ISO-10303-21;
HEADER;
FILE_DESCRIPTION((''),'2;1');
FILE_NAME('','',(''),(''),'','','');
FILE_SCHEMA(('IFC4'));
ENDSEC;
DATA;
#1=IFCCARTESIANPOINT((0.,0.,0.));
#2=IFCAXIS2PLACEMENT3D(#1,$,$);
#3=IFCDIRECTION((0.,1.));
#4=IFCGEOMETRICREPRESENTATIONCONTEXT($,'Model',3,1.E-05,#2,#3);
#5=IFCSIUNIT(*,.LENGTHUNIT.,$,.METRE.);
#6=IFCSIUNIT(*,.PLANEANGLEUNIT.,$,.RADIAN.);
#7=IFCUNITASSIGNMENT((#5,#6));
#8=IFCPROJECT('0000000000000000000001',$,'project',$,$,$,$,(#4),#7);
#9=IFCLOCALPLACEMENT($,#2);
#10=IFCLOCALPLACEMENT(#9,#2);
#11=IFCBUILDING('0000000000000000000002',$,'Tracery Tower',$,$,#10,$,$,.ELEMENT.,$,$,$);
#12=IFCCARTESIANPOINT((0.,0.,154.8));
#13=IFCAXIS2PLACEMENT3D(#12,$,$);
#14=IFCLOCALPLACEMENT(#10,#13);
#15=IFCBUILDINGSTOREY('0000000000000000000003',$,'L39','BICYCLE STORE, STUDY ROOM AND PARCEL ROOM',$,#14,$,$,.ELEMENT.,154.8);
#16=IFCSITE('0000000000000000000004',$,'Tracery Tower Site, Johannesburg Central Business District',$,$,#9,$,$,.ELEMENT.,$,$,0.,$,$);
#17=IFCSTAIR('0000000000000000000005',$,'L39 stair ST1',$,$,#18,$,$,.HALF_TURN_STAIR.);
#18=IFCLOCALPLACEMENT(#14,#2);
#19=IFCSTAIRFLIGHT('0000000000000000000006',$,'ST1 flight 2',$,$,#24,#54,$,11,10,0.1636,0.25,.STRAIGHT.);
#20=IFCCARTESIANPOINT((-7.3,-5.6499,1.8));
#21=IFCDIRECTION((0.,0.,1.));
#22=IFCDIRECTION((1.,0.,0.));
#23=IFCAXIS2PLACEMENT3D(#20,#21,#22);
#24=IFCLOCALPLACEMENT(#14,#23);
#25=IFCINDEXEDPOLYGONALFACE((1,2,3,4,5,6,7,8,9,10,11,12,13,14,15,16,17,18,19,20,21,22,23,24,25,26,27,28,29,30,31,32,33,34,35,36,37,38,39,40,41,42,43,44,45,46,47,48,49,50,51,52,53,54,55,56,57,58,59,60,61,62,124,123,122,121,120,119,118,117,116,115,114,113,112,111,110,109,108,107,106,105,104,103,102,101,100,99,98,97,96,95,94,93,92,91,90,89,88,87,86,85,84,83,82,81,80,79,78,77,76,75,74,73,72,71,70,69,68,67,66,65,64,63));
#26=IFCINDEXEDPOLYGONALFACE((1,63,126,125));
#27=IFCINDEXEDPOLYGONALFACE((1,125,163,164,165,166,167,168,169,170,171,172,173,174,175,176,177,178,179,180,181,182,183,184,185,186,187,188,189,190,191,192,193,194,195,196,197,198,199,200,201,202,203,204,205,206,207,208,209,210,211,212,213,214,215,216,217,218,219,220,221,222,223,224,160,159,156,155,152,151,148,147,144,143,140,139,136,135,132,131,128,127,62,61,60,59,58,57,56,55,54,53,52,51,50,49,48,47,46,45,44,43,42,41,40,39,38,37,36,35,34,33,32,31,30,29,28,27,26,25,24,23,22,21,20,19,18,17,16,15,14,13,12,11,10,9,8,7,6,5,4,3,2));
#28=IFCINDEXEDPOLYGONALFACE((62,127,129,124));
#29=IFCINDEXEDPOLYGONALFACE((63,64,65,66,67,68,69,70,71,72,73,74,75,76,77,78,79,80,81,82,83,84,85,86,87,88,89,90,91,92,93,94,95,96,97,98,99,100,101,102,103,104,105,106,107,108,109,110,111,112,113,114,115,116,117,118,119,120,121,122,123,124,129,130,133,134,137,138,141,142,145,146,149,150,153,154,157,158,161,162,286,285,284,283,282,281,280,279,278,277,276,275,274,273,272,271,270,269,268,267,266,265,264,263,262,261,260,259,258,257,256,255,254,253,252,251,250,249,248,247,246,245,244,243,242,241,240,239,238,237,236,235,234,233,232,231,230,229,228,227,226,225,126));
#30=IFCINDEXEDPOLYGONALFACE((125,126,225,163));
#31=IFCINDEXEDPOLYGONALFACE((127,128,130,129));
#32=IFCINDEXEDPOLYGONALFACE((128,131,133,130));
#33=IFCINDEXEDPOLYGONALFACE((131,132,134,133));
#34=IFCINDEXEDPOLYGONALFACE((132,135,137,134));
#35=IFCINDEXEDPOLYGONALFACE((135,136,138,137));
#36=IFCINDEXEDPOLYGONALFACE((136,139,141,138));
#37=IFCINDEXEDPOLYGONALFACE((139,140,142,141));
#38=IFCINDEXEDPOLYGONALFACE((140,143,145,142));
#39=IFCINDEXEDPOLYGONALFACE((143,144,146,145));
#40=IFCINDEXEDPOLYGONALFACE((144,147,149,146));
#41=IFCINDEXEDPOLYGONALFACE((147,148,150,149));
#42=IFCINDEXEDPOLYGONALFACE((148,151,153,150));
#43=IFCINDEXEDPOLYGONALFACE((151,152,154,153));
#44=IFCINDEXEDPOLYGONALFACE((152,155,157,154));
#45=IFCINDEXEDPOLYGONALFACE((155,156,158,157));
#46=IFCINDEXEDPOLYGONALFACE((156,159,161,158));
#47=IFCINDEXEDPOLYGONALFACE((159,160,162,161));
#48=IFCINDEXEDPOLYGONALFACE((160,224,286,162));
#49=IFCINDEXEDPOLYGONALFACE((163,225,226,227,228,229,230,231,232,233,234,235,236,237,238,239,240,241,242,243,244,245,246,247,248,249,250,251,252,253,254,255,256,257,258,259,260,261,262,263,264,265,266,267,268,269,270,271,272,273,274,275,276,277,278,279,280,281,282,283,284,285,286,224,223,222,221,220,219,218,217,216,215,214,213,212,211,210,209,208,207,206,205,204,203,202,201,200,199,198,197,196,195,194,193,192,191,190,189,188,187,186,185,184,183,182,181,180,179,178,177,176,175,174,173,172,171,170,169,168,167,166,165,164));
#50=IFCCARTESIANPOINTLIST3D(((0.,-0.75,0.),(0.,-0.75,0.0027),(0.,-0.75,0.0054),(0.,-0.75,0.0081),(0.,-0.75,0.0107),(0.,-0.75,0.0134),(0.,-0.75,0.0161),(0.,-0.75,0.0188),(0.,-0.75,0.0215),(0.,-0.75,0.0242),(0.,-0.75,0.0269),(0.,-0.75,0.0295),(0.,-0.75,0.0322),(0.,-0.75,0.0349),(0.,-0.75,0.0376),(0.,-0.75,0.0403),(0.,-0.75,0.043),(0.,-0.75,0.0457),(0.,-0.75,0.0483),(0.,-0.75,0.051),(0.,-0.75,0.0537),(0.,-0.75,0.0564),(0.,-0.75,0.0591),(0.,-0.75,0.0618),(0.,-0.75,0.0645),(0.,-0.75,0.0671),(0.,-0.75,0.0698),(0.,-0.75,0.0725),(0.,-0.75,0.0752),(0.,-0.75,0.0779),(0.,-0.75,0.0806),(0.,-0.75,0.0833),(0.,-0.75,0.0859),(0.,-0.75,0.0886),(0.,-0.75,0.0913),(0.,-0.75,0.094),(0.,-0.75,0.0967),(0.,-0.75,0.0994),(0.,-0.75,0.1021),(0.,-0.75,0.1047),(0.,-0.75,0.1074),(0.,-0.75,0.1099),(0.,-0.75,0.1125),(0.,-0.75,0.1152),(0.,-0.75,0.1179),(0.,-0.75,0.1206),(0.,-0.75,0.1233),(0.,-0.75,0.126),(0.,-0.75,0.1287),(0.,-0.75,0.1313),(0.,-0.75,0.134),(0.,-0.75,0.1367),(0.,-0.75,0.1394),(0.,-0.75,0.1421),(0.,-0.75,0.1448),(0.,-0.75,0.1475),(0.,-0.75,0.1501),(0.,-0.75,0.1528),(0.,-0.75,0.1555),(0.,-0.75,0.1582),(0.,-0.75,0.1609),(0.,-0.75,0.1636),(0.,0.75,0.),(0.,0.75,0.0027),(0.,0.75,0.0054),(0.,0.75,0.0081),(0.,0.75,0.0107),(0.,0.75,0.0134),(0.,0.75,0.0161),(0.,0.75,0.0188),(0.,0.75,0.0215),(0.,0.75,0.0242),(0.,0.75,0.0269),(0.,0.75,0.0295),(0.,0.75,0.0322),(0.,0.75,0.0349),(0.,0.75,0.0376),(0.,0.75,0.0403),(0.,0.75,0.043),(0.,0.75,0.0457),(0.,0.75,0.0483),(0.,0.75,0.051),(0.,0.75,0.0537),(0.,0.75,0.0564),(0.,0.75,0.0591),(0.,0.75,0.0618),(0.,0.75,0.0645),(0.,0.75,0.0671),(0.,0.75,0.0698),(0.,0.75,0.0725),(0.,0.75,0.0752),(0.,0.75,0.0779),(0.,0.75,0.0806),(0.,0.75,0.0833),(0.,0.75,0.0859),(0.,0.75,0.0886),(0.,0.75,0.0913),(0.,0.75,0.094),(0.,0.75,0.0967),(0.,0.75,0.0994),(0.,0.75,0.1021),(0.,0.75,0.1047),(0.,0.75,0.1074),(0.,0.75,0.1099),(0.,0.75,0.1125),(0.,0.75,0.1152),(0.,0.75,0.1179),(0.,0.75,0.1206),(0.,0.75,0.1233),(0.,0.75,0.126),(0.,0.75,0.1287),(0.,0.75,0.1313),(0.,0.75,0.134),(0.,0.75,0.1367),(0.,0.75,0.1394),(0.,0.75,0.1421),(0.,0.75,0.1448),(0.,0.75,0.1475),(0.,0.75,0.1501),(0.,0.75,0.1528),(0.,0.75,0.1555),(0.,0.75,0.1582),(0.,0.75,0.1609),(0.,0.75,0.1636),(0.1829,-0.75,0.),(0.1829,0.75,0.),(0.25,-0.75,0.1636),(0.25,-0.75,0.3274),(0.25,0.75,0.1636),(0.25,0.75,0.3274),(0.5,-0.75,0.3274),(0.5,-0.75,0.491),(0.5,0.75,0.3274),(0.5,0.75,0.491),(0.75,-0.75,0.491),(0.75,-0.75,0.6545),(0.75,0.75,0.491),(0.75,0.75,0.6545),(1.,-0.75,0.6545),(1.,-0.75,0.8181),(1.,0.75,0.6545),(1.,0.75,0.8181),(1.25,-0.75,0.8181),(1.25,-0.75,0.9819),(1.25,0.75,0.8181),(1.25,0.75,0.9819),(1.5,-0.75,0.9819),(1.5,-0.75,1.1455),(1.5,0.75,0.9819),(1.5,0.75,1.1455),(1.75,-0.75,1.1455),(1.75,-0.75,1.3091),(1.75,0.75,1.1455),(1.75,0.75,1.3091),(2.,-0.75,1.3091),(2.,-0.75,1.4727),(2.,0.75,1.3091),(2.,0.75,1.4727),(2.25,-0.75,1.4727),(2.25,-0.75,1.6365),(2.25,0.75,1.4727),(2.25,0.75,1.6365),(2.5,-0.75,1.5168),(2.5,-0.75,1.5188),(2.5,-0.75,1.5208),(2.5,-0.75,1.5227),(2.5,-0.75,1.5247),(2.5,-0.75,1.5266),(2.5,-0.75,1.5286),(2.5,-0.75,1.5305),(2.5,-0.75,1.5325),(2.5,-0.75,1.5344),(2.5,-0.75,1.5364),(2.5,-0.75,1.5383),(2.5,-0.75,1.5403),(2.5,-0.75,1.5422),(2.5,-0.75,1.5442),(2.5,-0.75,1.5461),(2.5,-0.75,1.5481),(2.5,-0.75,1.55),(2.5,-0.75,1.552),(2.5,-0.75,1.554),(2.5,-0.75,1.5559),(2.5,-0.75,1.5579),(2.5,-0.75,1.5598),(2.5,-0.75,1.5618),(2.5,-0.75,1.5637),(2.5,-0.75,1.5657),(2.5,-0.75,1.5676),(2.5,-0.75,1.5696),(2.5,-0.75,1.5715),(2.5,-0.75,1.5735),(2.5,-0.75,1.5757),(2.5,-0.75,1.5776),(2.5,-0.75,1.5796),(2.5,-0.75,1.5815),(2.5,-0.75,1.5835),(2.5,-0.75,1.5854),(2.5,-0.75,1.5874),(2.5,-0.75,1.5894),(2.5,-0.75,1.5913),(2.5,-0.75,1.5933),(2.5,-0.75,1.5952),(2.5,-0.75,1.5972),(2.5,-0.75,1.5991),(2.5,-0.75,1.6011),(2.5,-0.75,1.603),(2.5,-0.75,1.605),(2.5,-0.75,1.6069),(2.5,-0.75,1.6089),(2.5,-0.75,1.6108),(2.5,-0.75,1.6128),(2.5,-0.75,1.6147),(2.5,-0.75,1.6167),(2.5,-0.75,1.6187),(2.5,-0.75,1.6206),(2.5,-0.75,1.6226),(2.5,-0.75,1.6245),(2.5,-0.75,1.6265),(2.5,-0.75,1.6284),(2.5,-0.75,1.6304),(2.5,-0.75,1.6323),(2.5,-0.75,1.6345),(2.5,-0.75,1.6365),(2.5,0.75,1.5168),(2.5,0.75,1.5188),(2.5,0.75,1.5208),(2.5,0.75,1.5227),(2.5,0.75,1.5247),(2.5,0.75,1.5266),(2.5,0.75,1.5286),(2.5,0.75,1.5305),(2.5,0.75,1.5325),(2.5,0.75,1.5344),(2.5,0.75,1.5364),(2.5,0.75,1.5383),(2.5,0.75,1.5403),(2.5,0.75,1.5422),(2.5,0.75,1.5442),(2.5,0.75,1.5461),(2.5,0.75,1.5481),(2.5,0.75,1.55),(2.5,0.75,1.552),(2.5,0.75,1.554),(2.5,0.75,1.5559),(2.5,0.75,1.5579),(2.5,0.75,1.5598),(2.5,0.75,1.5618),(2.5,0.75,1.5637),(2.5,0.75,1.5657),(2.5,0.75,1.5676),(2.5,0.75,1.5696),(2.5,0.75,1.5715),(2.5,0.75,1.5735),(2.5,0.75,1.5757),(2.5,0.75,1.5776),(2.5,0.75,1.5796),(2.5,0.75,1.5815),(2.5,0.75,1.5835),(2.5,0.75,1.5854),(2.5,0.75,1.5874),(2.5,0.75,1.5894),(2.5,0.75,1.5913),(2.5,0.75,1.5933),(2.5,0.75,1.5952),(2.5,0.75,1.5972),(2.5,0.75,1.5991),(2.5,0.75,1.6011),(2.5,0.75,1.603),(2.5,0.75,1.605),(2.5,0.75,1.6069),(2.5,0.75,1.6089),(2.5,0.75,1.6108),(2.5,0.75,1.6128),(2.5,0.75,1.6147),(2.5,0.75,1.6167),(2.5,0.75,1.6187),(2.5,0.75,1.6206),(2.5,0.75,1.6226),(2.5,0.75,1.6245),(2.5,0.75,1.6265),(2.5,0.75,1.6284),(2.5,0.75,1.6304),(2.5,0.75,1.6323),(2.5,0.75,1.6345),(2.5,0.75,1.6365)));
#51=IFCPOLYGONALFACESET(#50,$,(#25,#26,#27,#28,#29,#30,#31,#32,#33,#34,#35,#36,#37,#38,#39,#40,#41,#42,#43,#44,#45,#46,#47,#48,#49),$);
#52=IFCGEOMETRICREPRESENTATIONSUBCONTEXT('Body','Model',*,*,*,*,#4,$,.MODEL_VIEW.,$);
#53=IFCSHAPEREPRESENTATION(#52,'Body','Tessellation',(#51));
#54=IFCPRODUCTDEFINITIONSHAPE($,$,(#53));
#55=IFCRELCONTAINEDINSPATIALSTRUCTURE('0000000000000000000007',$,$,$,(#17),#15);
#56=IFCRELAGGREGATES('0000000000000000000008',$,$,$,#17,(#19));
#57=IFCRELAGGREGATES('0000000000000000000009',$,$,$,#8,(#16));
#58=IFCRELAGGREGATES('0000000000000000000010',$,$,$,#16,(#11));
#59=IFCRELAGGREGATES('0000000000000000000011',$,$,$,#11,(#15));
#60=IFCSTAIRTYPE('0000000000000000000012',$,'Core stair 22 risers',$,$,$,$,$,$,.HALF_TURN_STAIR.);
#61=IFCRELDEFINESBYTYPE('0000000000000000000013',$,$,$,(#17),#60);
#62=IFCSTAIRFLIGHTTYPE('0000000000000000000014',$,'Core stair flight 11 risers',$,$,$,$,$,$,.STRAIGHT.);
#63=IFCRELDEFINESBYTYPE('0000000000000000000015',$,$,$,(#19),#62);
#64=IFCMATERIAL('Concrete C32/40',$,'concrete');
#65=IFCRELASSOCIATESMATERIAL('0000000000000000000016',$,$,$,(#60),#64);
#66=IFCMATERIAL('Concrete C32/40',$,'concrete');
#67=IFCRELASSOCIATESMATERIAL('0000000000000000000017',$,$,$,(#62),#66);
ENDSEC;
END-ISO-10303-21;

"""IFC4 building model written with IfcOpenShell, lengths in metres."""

from ifc_helpers import new_model, si_unit, direction, frame, origin, place, context, subcontext, project, spatial, polyline, outline, extrude, material, type_object, element, aggregate, save


model = new_model("IFC4")

# Units and contexts
model_context = context("Model", 3, precision=1e-05, world=origin(), true_north=direction((0.0, 1.0)))
body_context = subcontext(model_context, "Body", "Model", "MODEL_VIEW")
ifc_project = project(units=[si_unit("LENGTHUNIT", "METRE"), si_unit("PLANEANGLEUNIT", "RADIAN")], contexts=[model_context])

# Site, building, storey
site_placement = place(None, origin())
site = spatial("IfcSite", under=ifc_project, at=site_placement, Name="Tracery Tower Site, Johannesburg Central Business District", CompositionType="ELEMENT", RefElevation=0.0)
building_placement = place(site_placement, origin())
building = spatial("IfcBuilding", under=site, at=building_placement, Name="Tracery Tower", CompositionType="ELEMENT")
storey_placement = place(building_placement, frame((0.0, 0.0, 154.8)))
storey = spatial("IfcBuildingStorey", under=building, at=storey_placement, Name="L39", Description="BICYCLE STORE, STUDY ROOM AND PARCEL ROOM", CompositionType="ELEMENT", Elevation=154.8)

# Stair, stair flight
ifc_material_1 = material(Name="Concrete C32/40", Category="concrete")
stair_type = type_object("IfcStairType", Name="Core stair 22 risers", PredefinedType="HALF_TURN_STAIR", material=ifc_material_1)
stair_placement = place(storey_placement, origin())
stair = element("IfcStair", 1, at=stair_placement, inside=storey, type_object=stair_type, Name="L39 stair ST1", PredefinedType="HALF_TURN_STAIR")
ifc_material_2 = material(Name="Concrete C32/40", Category="concrete")
stair_flight_type = type_object("IfcStairFlightType", Name="Core stair flight 11 risers", PredefinedType="STRAIGHT", material=ifc_material_2)
stair_flight_1_placement = place(storey_placement, frame((-7.3, -5.6499, 1.8), z_axis=(0.0, 0.0, 1.0), x_axis=(1.0, 0.0, 0.0)))
stair_flight_1 = element("IfcStairFlight", 2, at=stair_flight_1_placement, type_object=stair_flight_type, Name="ST1 flight 2", NumberOfRisers=11, NumberOfTreads=10, PredefinedType="STRAIGHT", RiserHeight=0.1636, TreadLength=0.25, context=body_context, shape_type="SweptSolid", body=[
    extrude(outline(polyline([(0.0, 0.0), (0.0, 0.0027), (0.0, 0.0054), (0.0, 0.0081), (0.0, 0.0107), (0.0, 0.0134), (0.0, 0.0161), (0.0, 0.0188), (0.0, 0.0215), (0.0, 0.0242), (0.0, 0.0269), (0.0, 0.0295), (0.0, 0.0322), (0.0, 0.0349), (0.0, 0.0376), (0.0, 0.0403), (0.0, 0.043), (0.0, 0.0457), (0.0, 0.0483), (0.0, 0.051), (0.0, 0.0537), (0.0, 0.0564), (0.0, 0.0591), (0.0, 0.0618), (0.0, 0.0645), (0.0, 0.0671), (0.0, 0.0698), (0.0, 0.0725), (0.0, 0.0752), (0.0, 0.0779), (0.0, 0.0806), (0.0, 0.0833), (0.0, 0.0859), (0.0, 0.0886), (0.0, 0.0913), (0.0, 0.094), (0.0, 0.0967), (0.0, 0.0994), (0.0, 0.1021), (0.0, 0.1047), (0.0, 0.1074), (0.0, 0.1099), (0.0, 0.1125), (0.0, 0.1152), (0.0, 0.1179), (0.0, 0.1206), (0.0, 0.1233), (0.0, 0.126), (0.0, 0.1287), (0.0, 0.1313), (0.0, 0.134), (0.0, 0.1367), (0.0, 0.1394), (0.0, 0.1421), (0.0, 0.1448), (0.0, 0.1475), (0.0, 0.1501), (0.0, 0.1528), (0.0, 0.1555), (0.0, 0.1582), (0.0, 0.1609), (0.0, 0.1636), (0.25, 0.1636), (0.25, 0.3274), (0.5, 0.3274), (0.5, 0.491), (0.75, 0.491), (0.75, 0.6545), (1.0, 0.6545), (1.0, 0.8181), (1.25, 0.8181), (1.25, 0.9819), (1.5, 0.9819), (1.5, 1.1455), (1.75, 1.1455), (1.75, 1.3091), (2.0, 1.3091), (2.0, 1.4727), (2.25, 1.4727), (2.25, 1.6365), (2.5, 1.6365), (2.5, 1.6345), (2.5, 1.6323), (2.5, 1.6304), (2.5, 1.6284), (2.5, 1.6265), (2.5, 1.6245), (2.5, 1.6226), (2.5, 1.6206), (2.5, 1.6187), (2.5, 1.6167), (2.5, 1.6147), (2.5, 1.6128), (2.5, 1.6108), (2.5, 1.6089), (2.5, 1.6069), (2.5, 1.605), (2.5, 1.603), (2.5, 1.6011), (2.5, 1.5991), (2.5, 1.5972), (2.5, 1.5952), (2.5, 1.5933), (2.5, 1.5913), (2.5, 1.5894), (2.5, 1.5874), (2.5, 1.5854), (2.5, 1.5835), (2.5, 1.5815), (2.5, 1.5796), (2.5, 1.5776), (2.5, 1.5757), (2.5, 1.5735), (2.5, 1.5715), (2.5, 1.5696), (2.5, 1.5676), (2.5, 1.5657), (2.5, 1.5637), (2.5, 1.5618), (2.5, 1.5598), (2.5, 1.5579), (2.5, 1.5559), (2.5, 1.554), (2.5, 1.552), (2.5, 1.55), (2.5, 1.5481), (2.5, 1.5461), (2.5, 1.5442), (2.5, 1.5422), (2.5, 1.5403), (2.5, 1.5383), (2.5, 1.5364), (2.5, 1.5344), (2.5, 1.5325), (2.5, 1.5305), (2.5, 1.5286), (2.5, 1.5266), (2.5, 1.5247), (2.5, 1.5227), (2.5, 1.5208), (2.5, 1.5188), (2.5, 1.5168), (0.1829, 0.0), (0.0, 0.0)])), frame((0.0, 0.75, 0.0), z_axis=(0.0, -1.0, 0.0), x_axis=(1.0, 0.0, 0.0)), (0.0, 0.0, 1.0), 1.5),
])
aggregate(stair, [stair_flight_1])

save(model, "model.ifc")
